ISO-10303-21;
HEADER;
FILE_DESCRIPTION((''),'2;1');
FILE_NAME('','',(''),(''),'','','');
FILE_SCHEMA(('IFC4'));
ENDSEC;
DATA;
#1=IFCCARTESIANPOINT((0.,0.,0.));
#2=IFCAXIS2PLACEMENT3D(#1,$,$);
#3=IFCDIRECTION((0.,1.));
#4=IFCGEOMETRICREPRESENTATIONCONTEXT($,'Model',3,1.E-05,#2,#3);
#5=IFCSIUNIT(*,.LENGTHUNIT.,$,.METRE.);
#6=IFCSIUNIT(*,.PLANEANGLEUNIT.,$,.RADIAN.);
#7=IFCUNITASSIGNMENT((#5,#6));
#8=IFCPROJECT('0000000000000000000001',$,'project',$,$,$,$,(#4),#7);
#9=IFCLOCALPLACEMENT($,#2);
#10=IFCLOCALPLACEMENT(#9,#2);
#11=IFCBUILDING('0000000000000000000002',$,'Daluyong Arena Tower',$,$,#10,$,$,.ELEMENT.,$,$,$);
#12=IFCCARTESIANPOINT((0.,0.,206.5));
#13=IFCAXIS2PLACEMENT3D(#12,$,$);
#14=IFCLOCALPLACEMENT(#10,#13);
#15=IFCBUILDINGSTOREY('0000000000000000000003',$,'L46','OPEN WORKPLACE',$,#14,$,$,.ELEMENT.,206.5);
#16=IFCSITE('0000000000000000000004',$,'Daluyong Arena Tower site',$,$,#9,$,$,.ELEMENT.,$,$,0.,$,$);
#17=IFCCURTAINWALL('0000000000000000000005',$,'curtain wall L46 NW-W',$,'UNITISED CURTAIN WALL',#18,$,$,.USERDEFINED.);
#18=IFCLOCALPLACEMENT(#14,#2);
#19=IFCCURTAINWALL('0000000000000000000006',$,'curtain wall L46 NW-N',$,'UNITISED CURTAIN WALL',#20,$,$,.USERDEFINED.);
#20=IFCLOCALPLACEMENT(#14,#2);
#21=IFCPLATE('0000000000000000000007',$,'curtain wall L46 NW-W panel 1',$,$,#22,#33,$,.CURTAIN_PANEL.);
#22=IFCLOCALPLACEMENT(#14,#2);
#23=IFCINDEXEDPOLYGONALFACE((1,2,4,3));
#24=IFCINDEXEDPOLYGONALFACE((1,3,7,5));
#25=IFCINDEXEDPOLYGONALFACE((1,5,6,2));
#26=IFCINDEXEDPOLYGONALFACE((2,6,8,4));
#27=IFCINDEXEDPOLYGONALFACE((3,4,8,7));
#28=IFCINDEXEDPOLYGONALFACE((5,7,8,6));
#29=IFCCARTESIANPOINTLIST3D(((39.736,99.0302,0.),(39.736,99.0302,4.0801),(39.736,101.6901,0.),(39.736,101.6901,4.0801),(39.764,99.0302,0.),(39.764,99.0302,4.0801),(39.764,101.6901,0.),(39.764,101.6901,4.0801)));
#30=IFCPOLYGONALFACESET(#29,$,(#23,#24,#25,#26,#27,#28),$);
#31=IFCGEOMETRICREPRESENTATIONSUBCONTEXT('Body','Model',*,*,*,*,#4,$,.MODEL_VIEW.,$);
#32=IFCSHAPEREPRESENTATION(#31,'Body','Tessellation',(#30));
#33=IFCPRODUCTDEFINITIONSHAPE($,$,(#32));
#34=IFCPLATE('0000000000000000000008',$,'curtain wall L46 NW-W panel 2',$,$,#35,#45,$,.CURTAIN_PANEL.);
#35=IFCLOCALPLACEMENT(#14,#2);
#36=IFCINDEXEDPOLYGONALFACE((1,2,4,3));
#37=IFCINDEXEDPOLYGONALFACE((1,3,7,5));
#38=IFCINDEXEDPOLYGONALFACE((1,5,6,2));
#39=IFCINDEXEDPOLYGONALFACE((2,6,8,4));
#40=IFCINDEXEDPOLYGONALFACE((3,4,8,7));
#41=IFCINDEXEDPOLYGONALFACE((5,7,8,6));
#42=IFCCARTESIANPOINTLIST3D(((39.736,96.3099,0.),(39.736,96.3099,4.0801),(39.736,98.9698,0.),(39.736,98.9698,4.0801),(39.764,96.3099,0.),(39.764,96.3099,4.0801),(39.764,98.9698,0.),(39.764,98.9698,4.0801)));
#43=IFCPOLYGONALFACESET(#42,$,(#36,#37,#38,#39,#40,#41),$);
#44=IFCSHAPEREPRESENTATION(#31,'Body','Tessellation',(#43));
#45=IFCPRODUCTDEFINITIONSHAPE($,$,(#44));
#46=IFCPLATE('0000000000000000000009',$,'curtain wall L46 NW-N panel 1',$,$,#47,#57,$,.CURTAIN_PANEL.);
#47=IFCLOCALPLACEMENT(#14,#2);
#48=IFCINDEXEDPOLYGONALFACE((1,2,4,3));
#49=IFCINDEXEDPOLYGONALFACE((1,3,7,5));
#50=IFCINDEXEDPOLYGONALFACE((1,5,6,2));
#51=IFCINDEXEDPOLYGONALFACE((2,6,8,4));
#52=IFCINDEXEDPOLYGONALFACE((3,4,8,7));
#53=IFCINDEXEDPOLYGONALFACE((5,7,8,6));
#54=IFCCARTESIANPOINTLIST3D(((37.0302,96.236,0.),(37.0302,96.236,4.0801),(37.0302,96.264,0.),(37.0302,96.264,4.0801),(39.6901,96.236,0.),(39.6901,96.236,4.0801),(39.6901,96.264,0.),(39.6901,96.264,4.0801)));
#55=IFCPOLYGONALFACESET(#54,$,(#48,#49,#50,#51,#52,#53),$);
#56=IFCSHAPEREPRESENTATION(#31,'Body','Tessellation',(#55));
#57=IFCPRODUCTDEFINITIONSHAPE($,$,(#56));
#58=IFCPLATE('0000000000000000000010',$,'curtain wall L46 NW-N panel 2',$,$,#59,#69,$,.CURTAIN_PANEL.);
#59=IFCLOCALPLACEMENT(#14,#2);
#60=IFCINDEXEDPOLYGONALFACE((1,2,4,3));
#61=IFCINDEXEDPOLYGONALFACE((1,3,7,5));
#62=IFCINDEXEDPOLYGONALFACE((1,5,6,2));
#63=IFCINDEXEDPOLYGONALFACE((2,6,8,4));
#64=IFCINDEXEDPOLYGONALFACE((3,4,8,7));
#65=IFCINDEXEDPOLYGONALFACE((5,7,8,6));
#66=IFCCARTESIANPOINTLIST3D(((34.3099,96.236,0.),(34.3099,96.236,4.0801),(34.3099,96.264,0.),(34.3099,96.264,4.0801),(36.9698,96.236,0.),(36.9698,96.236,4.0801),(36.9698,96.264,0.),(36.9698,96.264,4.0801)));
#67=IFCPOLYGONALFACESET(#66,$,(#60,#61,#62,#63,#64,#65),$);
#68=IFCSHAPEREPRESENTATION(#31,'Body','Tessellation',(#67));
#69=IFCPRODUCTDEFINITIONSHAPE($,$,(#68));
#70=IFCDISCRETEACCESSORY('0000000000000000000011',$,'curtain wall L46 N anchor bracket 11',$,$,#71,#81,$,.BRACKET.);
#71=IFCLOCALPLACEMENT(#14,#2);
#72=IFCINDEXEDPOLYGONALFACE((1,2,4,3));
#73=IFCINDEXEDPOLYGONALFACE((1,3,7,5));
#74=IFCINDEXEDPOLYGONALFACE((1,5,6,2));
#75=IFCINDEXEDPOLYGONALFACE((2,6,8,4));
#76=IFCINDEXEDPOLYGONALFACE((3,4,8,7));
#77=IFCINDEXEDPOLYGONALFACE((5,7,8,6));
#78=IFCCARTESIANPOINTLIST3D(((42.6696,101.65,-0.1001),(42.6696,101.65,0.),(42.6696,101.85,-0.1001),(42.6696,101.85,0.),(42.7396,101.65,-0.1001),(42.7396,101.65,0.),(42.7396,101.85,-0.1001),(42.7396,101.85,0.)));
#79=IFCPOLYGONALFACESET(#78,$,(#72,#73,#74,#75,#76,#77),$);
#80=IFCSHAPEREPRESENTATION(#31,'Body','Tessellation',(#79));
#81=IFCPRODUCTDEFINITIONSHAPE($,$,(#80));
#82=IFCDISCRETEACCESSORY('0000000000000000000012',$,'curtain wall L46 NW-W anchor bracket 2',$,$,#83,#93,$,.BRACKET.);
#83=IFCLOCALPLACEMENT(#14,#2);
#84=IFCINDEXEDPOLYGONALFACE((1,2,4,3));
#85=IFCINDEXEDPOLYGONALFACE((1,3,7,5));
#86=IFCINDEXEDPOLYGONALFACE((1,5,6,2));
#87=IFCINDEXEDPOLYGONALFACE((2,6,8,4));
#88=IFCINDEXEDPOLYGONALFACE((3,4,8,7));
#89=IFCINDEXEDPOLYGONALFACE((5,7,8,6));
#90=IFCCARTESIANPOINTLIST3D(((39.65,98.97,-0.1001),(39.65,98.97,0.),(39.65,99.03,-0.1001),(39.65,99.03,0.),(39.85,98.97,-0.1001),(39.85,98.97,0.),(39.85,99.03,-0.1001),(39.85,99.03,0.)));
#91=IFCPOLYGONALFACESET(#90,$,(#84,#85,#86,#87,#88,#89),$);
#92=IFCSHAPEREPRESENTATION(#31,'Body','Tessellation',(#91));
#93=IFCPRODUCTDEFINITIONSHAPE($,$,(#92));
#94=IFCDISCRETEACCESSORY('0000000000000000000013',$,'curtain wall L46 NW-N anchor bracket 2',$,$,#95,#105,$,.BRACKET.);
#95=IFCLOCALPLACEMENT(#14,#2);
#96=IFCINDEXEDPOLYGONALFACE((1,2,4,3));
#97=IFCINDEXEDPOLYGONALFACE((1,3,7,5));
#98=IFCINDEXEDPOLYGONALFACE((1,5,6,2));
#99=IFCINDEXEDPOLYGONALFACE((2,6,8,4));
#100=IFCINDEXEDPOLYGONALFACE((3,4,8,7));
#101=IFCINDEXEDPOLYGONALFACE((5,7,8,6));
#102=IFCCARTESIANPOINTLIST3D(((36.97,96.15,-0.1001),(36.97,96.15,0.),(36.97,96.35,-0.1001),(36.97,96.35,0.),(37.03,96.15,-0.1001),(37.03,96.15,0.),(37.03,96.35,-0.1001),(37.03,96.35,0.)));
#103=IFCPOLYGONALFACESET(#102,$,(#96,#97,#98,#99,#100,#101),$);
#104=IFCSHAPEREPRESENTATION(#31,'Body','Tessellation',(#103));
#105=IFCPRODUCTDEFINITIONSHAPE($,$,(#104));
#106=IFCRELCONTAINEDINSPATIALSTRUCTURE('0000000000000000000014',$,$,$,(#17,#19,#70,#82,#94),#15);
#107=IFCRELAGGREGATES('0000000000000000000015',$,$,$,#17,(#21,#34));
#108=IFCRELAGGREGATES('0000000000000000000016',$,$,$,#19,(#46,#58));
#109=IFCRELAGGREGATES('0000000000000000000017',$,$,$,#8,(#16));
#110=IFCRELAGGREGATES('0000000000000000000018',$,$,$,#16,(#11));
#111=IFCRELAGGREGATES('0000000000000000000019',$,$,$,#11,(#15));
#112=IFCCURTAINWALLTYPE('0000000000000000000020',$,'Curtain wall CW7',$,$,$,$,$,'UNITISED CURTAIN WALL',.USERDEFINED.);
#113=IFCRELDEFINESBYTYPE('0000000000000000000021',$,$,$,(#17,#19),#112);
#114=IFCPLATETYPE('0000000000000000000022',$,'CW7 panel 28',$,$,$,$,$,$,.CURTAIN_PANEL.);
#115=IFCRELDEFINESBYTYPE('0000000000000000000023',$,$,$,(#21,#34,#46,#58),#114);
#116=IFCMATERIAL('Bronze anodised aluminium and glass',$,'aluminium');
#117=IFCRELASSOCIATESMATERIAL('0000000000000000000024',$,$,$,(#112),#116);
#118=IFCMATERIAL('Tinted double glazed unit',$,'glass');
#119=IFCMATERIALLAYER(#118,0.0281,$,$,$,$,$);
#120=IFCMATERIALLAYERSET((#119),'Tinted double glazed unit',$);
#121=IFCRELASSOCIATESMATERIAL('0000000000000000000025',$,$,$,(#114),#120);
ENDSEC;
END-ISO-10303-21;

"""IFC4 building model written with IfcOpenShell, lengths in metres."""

from ifc_helpers import new_model, si_unit, direction, frame, origin, origin_2d, place, context, subcontext, project, spatial, rectangle, extrude, material, layer, layer_set, type_object, element, aggregate, save


model = new_model("IFC4")

# Units and contexts
model_context = context("Model", 3, precision=1e-05, world=origin(), true_north=direction((0.0, 1.0)))
body_context = subcontext(model_context, "Body", "Model", "MODEL_VIEW")
ifc_project = project(units=[si_unit("LENGTHUNIT", "METRE"), si_unit("PLANEANGLEUNIT", "RADIAN")], contexts=[model_context])

# Site, building, storey
site_placement = place(None, origin())
site = spatial("IfcSite", under=ifc_project, at=site_placement, Name="Daluyong Arena Tower site", CompositionType="ELEMENT", RefElevation=0.0)
building_placement = place(site_placement, origin())
building = spatial("IfcBuilding", under=site, at=building_placement, Name="Daluyong Arena Tower", CompositionType="ELEMENT")
storey_placement = place(building_placement, frame((0.0, 0.0, 206.5)))
storey = spatial("IfcBuildingStorey", under=building, at=storey_placement, Name="L46", Description="OPEN WORKPLACE", CompositionType="ELEMENT", Elevation=206.5)

# Curtain walls
ifc_material_1 = material(Name="Bronze anodised aluminium and glass", Category="aluminium")
curtain_wall_type_1 = type_object("IfcCurtainWallType", Name="Curtain wall CW7", ElementType="UNITISED CURTAIN WALL", PredefinedType="USERDEFINED", material=ifc_material_1)
curtain_wall_1_placement = place(storey_placement, origin())
curtain_wall_1 = element("IfcCurtainWall", 1, at=curtain_wall_1_placement, inside=storey, type_object=curtain_wall_type_1, Name="curtain wall L46 NW-W", ObjectType="UNITISED CURTAIN WALL", PredefinedType="USERDEFINED")
curtain_wall_2_placement = place(storey_placement, origin())
curtain_wall_2 = element("IfcCurtainWall", 2, at=curtain_wall_2_placement, inside=storey, type_object=curtain_wall_type_1, Name="curtain wall L46 NW-N", ObjectType="UNITISED CURTAIN WALL", PredefinedType="USERDEFINED")

# Plates
ifc_material_2 = material(Name="Tinted double glazed unit", Category="glass")
ifc_layer_1 = layer(ifc_material_2, 0.0281)
ifc_layer_set_1 = layer_set([ifc_layer_1], Name="Tinted double glazed unit")
plate_type_1 = type_object("IfcPlateType", Name="CW7 panel 28", PredefinedType="CURTAIN_PANEL", material=ifc_layer_set_1)
plate_1_placement = place(storey_placement, frame((39.75, 100.3601, 0.0), z_axis=(0.0, 0.0, 1.0), x_axis=(0.0, -1.0, 0.0)))
plate_1 = element("IfcPlate", 3, at=plate_1_placement, type_object=plate_type_1, Name="curtain wall L46 NW-W panel 1", PredefinedType="CURTAIN_PANEL", context=body_context, shape_type="SweptSolid", body=[
    extrude(rectangle(XDim=2.6599, YDim=0.0281, at=origin_2d()), origin(), (0.0, 0.0, 1.0), 4.0801),
])
plate_2_placement = place(storey_placement, frame((39.75, 97.6399, 0.0), z_axis=(0.0, 0.0, 1.0), x_axis=(0.0, -1.0, 0.0)))
plate_2 = element("IfcPlate", 4, at=plate_2_placement, type_object=plate_type_1, Name="curtain wall L46 NW-W panel 2", PredefinedType="CURTAIN_PANEL", context=body_context, shape_type="SweptSolid", body=[
    extrude(rectangle(XDim=2.6599, YDim=0.0281, at=origin_2d()), origin(), (0.0, 0.0, 1.0), 4.0801),
])
aggregate(curtain_wall_1, [plate_1, plate_2])
plate_3_placement = place(storey_placement, frame((38.3601, 96.25, 0.0), z_axis=(0.0, 0.0, 1.0), x_axis=(-1.0, 0.0, 0.0)))
plate_3 = element("IfcPlate", 5, at=plate_3_placement, type_object=plate_type_1, Name="curtain wall L46 NW-N panel 1", PredefinedType="CURTAIN_PANEL", context=body_context, shape_type="SweptSolid", body=[
    extrude(rectangle(XDim=2.6599, YDim=0.0281, at=origin_2d()), origin(), (0.0, 0.0, 1.0), 4.0801),
])
plate_4_placement = place(storey_placement, frame((35.6399, 96.25, 0.0), z_axis=(0.0, 0.0, 1.0), x_axis=(-1.0, 0.0, 0.0)))
plate_4 = element("IfcPlate", 6, at=plate_4_placement, type_object=plate_type_1, Name="curtain wall L46 NW-N panel 2", PredefinedType="CURTAIN_PANEL", context=body_context, shape_type="SweptSolid", body=[
    extrude(rectangle(XDim=2.6599, YDim=0.0281, at=origin_2d()), origin(), (0.0, 0.0, 1.0), 4.0801),
])
aggregate(curtain_wall_2, [plate_3, plate_4])

# Discrete accessories
discrete_accessory_placement = place(storey_placement, frame((42.7046, 101.75, -0.1001), z_axis=(0.0, 0.0, 1.0), x_axis=(-1.0, 0.0, 0.0)))
element("IfcDiscreteAccessory", 7, at=discrete_accessory_placement, inside=storey, Name="curtain wall L46 N anchor bracket 11", PredefinedType="BRACKET", context=body_context, shape_type="SweptSolid", body=[
    extrude(rectangle(XDim=0.0701, YDim=0.2, at=origin_2d()), origin(), (0.0, 0.0, 1.0), 0.1001),
])
for number, where, z_axis, x_axis, name in (
    (8, (39.75, 99.0, -0.1001), (0.0, 0.0, 1.0), (0.0, -1.0, 0.0), "curtain wall L46 NW-W anchor bracket 2"),
    (9, (37.0, 96.25, -0.1001), (0.0, 0.0, 1.0), (-1.0, 0.0, 0.0), "curtain wall L46 NW-N anchor bracket 2"),
):
    element("IfcDiscreteAccessory", number, at=place(storey_placement, frame(where, z_axis=z_axis, x_axis=x_axis)), inside=storey, Name=name, PredefinedType="BRACKET", context=body_context, shape_type="SweptSolid", body=[
        extrude(rectangle(XDim=0.0601, YDim=0.2, at=origin_2d()), origin(), (0.0, 0.0, 1.0), 0.1001),
    ])

save(model, "model.ifc")
